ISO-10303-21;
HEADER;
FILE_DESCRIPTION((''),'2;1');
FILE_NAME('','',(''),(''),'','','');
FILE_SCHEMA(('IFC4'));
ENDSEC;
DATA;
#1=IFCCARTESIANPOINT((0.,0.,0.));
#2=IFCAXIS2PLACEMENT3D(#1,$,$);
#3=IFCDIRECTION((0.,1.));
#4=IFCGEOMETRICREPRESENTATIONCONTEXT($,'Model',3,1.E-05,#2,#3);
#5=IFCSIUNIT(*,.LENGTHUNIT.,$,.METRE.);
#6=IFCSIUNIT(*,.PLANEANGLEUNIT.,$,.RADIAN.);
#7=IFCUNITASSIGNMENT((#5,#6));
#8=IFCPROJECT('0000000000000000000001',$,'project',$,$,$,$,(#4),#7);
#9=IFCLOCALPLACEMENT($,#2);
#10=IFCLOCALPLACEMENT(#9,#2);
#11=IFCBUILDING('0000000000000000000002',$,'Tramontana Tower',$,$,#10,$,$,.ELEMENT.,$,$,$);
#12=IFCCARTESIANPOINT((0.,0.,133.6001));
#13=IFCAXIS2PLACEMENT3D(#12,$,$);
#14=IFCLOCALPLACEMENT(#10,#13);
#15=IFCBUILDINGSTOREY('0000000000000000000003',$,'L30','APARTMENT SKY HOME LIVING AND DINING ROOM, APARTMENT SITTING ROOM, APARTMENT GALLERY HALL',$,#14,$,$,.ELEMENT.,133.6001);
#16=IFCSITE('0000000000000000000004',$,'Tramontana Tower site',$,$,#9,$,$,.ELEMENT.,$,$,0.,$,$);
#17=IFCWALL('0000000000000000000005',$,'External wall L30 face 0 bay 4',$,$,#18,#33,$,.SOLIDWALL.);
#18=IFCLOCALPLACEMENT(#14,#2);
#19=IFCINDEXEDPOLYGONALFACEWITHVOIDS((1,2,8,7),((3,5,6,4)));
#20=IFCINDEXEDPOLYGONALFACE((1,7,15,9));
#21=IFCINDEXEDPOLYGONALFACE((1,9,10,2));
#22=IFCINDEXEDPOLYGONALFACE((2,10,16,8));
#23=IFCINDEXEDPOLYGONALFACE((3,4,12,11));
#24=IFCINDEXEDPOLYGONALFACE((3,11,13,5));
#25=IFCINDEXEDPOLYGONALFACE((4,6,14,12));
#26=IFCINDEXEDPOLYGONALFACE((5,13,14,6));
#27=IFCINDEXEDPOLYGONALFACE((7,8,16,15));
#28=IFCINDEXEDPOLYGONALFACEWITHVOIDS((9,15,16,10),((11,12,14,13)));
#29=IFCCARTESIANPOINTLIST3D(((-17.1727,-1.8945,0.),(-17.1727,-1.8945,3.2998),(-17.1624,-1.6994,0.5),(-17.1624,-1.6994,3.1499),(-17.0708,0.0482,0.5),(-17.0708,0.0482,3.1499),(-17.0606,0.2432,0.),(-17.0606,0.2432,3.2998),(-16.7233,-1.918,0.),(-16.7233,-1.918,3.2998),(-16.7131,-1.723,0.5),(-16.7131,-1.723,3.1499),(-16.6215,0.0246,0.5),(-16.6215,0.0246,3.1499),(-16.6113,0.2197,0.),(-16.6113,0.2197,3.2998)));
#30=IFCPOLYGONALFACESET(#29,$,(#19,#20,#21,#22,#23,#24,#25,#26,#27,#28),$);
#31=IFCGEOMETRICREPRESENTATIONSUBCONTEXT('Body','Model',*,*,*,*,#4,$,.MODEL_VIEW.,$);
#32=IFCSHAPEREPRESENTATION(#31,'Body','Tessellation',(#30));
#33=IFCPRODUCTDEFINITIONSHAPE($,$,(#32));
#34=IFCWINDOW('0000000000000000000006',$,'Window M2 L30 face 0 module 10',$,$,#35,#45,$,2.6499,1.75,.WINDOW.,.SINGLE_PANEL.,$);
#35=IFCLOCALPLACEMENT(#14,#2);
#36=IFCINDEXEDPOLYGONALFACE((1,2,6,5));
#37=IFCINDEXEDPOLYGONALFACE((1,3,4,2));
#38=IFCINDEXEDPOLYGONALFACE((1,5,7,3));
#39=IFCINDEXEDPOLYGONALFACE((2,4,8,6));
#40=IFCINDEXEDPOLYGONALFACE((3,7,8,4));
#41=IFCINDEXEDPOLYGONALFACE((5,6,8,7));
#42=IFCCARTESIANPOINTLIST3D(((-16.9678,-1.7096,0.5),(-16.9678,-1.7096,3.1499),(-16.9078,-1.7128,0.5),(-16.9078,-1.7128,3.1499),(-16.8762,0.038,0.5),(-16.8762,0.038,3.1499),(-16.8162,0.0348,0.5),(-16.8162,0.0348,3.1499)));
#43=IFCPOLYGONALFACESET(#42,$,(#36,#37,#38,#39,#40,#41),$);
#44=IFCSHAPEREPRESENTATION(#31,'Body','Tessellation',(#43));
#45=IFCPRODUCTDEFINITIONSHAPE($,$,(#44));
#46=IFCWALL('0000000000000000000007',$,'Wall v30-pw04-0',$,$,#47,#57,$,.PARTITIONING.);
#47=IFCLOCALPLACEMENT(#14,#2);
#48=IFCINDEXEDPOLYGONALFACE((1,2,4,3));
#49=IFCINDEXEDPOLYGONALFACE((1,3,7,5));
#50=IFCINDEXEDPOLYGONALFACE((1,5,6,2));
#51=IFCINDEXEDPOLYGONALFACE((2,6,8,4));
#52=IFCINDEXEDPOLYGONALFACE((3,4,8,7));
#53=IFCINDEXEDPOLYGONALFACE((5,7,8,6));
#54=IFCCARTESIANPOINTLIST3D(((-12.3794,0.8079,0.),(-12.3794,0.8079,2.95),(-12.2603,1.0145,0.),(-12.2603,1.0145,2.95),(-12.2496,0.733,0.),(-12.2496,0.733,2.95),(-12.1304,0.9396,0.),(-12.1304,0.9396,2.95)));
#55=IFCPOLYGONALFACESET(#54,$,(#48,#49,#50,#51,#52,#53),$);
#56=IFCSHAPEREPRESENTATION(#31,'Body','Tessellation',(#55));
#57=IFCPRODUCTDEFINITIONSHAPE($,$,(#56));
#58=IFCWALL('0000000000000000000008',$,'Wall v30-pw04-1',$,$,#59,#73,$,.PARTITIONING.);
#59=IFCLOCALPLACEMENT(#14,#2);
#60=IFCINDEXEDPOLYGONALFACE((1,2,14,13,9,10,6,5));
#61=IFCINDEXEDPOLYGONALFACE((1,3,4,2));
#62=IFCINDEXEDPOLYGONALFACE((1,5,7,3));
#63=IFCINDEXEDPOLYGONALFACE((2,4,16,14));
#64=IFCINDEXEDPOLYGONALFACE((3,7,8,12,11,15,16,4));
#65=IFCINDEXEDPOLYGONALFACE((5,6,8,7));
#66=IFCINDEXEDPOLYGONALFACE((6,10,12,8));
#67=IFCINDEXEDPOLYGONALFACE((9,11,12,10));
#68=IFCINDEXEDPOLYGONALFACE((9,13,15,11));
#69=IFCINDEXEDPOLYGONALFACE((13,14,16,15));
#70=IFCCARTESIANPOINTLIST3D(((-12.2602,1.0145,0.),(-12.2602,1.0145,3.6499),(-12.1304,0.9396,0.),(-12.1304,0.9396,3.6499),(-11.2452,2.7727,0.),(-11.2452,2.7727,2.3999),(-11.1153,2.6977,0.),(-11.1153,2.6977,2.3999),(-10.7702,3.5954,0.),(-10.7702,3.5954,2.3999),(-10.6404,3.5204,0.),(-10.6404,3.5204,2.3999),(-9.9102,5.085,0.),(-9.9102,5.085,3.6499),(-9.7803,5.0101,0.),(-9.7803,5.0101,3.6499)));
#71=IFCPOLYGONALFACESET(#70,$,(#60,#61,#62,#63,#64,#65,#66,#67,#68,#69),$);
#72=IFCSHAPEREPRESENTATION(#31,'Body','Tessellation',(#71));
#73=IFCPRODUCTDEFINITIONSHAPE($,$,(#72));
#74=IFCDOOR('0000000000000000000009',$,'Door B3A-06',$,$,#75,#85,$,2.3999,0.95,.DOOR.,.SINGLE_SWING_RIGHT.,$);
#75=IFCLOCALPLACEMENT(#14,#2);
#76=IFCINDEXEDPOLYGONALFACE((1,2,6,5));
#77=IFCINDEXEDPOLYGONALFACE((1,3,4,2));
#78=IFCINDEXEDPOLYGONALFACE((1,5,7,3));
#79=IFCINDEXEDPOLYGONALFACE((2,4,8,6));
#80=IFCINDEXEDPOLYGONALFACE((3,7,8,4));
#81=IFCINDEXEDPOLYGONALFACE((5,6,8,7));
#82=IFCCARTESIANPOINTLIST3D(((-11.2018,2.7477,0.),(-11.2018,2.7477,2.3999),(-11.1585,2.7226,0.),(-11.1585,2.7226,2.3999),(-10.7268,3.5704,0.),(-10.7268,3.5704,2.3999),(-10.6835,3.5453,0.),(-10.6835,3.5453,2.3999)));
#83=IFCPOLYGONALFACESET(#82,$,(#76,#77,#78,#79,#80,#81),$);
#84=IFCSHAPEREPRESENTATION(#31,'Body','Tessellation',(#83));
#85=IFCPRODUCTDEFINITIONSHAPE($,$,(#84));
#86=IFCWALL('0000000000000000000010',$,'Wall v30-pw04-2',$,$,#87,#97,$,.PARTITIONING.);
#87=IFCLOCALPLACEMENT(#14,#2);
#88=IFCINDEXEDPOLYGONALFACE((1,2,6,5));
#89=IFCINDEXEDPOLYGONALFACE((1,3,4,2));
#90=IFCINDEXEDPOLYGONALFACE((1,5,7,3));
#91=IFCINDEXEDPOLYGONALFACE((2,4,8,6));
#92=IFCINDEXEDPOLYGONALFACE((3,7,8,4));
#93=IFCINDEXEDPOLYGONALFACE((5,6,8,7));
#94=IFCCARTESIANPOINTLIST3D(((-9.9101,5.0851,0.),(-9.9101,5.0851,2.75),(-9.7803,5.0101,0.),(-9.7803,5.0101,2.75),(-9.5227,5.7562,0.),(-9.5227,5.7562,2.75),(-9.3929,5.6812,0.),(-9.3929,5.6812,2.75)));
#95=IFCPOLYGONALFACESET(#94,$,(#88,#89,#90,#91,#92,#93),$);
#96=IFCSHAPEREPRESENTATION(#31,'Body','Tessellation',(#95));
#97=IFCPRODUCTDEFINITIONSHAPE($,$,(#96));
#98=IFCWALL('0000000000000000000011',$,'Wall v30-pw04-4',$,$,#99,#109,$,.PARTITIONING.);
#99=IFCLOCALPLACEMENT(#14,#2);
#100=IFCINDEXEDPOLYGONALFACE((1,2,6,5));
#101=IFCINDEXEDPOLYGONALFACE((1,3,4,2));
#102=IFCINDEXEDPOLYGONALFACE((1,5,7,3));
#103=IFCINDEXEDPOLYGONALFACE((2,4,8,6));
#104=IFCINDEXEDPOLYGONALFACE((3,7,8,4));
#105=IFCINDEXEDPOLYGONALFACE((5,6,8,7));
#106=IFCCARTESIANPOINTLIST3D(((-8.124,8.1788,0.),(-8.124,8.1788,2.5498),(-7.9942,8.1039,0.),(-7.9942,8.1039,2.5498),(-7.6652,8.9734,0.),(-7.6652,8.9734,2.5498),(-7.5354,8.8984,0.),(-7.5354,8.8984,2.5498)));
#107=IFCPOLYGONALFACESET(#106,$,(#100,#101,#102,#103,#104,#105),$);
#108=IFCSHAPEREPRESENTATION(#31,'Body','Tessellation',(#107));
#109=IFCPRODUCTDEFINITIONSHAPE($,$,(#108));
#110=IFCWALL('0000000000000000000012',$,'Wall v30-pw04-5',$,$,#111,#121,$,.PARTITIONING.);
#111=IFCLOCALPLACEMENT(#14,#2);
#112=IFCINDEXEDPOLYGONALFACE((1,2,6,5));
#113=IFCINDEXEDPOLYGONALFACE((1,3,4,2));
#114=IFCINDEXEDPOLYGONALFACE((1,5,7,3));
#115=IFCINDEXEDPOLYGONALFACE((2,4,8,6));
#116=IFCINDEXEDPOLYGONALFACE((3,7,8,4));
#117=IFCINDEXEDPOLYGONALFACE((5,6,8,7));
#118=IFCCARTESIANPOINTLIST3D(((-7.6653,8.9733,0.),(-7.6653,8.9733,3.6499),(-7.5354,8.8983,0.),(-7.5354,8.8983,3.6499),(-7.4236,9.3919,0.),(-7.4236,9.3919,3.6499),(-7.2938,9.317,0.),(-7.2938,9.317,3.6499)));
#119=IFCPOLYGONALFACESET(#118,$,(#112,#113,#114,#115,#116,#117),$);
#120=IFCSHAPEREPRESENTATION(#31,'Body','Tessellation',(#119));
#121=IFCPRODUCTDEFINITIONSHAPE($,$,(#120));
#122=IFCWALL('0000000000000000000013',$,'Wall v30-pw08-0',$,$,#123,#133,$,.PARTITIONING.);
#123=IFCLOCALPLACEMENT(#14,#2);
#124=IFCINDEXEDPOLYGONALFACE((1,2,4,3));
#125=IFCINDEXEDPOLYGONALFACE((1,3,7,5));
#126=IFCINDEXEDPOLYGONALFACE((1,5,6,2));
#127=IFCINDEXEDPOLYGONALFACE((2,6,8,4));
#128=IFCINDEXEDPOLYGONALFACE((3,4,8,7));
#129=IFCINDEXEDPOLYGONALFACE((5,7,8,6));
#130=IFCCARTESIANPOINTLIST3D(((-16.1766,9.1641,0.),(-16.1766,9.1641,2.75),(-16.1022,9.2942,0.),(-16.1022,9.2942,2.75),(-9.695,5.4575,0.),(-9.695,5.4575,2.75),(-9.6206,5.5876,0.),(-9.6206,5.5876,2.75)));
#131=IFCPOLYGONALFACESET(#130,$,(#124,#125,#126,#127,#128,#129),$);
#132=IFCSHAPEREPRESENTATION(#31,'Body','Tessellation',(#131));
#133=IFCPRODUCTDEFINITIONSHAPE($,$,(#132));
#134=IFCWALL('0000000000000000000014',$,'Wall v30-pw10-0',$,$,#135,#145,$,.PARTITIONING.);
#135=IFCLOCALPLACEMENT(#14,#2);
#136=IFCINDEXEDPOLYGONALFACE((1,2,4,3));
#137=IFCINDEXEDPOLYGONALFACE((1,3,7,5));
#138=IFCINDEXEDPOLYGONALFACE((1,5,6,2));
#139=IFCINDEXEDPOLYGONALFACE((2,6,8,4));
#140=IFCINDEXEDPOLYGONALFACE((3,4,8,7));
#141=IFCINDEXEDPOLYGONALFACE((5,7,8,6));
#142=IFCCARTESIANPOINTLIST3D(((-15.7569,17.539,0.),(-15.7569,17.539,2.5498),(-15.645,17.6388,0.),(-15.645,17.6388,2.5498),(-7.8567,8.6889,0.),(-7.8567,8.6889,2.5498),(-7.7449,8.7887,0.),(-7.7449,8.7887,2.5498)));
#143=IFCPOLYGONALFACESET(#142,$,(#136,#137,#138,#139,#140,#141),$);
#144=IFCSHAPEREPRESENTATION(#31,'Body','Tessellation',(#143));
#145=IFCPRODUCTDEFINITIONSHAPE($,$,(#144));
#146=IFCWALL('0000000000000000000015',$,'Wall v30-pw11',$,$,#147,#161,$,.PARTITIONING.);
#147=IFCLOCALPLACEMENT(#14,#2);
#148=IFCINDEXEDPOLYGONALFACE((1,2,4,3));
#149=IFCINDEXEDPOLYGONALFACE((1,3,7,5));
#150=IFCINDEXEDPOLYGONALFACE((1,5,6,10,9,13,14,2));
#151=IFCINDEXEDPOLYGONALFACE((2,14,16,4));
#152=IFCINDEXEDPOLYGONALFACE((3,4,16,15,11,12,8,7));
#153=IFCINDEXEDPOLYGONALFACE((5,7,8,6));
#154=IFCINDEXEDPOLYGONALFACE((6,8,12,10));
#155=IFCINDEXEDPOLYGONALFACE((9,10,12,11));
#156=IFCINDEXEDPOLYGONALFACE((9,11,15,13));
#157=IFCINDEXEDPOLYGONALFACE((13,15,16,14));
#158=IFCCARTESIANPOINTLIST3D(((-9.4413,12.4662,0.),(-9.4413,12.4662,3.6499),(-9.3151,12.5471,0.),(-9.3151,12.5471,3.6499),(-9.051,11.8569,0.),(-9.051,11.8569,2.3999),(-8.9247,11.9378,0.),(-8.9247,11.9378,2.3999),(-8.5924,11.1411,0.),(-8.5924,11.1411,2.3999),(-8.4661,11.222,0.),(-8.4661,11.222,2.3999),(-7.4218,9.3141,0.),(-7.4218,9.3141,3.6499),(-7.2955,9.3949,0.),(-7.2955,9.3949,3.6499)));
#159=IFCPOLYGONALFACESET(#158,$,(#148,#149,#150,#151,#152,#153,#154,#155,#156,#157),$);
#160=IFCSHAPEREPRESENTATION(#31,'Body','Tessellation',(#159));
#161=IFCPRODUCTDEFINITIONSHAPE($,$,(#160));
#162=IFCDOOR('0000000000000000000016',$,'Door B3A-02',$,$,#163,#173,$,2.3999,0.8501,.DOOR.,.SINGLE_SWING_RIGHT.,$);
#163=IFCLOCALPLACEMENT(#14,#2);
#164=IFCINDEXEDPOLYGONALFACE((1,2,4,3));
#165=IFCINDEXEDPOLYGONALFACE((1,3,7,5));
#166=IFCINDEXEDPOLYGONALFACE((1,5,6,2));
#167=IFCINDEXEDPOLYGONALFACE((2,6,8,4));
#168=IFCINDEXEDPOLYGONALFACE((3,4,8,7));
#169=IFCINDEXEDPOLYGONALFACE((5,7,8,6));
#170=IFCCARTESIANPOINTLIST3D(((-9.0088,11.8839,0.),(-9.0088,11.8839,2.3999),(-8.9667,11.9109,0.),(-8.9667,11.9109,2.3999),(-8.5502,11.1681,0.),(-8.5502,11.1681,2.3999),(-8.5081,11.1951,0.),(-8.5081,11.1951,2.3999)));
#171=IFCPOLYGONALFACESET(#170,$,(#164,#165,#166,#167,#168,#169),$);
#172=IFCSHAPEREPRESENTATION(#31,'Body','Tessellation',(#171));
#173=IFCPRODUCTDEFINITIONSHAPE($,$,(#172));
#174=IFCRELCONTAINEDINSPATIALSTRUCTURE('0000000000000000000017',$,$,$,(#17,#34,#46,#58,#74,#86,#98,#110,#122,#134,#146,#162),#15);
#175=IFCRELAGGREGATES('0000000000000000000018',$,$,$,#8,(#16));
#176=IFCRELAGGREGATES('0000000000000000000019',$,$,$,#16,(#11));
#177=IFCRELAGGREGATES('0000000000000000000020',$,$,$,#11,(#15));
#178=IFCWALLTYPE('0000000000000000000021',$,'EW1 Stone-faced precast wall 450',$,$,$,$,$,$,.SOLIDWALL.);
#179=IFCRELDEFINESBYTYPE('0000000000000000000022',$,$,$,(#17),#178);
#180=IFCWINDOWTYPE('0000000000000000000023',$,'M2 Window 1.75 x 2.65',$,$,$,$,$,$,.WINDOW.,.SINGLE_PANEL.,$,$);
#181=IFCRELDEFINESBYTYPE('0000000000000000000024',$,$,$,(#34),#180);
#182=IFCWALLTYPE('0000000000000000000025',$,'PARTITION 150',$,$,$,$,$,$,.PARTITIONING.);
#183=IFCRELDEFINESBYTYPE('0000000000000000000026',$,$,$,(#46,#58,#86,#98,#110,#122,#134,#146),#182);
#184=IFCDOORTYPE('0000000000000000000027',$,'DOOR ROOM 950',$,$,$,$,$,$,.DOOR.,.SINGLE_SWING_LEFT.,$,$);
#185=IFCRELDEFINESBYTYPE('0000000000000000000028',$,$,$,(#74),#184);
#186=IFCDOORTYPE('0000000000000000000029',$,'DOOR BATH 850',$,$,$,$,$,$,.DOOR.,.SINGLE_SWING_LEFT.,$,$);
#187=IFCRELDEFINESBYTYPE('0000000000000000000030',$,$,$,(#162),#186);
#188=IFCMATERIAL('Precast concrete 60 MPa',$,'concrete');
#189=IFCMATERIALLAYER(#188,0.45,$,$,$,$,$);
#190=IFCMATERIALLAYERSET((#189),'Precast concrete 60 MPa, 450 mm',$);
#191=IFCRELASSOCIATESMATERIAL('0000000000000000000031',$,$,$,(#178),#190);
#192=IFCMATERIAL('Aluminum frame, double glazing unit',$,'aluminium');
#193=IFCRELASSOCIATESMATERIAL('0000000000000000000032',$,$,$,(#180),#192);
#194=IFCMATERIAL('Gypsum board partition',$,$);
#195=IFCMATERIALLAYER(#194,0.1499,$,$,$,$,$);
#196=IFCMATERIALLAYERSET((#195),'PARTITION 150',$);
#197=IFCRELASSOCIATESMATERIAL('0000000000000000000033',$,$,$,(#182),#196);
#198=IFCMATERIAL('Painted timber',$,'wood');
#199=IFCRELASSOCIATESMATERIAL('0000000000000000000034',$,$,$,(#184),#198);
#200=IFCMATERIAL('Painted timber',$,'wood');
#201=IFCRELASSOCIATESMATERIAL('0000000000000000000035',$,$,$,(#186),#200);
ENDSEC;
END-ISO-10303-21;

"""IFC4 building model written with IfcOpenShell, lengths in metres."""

from ifc_helpers import new_model, si_unit, direction, frame, frame_2d, origin, place, context, subcontext, project, spatial, rectangle, extrude, material, layer, layer_set, type_object, element, fill, save


model = new_model("IFC4")

# Units and contexts
model_context = context("Model", 3, precision=1e-05, world=origin(), true_north=direction((0.0, 1.0)))
body_context = subcontext(model_context, "Body", "Model", "MODEL_VIEW")
ifc_project = project(units=[si_unit("LENGTHUNIT", "METRE"), si_unit("PLANEANGLEUNIT", "RADIAN")], contexts=[model_context])

# Site, building, storey
site_placement = place(None, origin())
site = spatial("IfcSite", under=ifc_project, at=site_placement, Name="Tramontana Tower site", CompositionType="ELEMENT", RefElevation=0.0)
building_placement = place(site_placement, origin())
building = spatial("IfcBuilding", under=site, at=building_placement, Name="Tramontana Tower", CompositionType="ELEMENT")
storey_placement = place(building_placement, frame((0.0, 0.0, 133.6001)))
storey = spatial("IfcBuildingStorey", under=building, at=storey_placement, Name="L30", Description="APARTMENT SKY HOME LIVING AND DINING ROOM, APARTMENT SITTING ROOM, APARTMENT GALLERY HALL", CompositionType="ELEMENT", Elevation=133.6001)

# Shared definitions
ifc_material_1 = material(Name="Precast concrete 60 MPa", Category="concrete")
ifc_layer_1 = layer(ifc_material_1, 0.45)
ifc_layer_set_1 = layer_set([ifc_layer_1], Name="Precast concrete 60 MPa, 450 mm")
wall_type_1 = type_object("IfcWallType", Name="EW1 Stone-faced precast wall 450", PredefinedType="SOLIDWALL", material=ifc_layer_set_1)
ifc_material_2 = material(Name="Aluminum frame, double glazing unit", Category="aluminium")
window_type = type_object("IfcWindowType", Name="M2 Window 1.75 x 2.65", PartitioningType="SINGLE_PANEL", PredefinedType="WINDOW", material=ifc_material_2)

# Wall, opening, window
wall_1_placement = place(storey_placement, frame((-16.8359, 0.2314, 0.0), z_axis=(0.0, 0.0, 1.0), x_axis=(-0.052349, -0.998629, 0.0)))
wall_1 = element("IfcWall", 1, at=wall_1_placement, inside=storey, type_object=wall_type_1, Name="External wall L30 face 0 bay 4", PredefinedType="SOLIDWALL", context=body_context, shape_type="SweptSolid", body=[
    extrude(rectangle(XDim=2.1406, YDim=0.45, at=frame_2d((1.0703, 0.0))), origin(), (0.0, 0.0, 1.0), 3.2998),
])
opening_1_placement = place(wall_1_placement, frame((0.1953, 0.0, 0.5)))
opening_1 = element("IfcOpeningElement", 2, at=opening_1_placement, cuts=wall_1, PredefinedType="OPENING", context=body_context, shape_type="SweptSolid", body=[
    extrude(rectangle(XDim=1.75, YDim=2.6499, at=frame_2d((0.875, 1.325))), frame((0.0, 0.2349, 0.0), z_axis=(0.0, -1.0, 0.0), x_axis=(1.0, 0.0, 0.0)), (0.0, 0.0, 1.0), 0.47),
])
window_1_placement = place(opening_1_placement, origin())
window_1 = element("IfcWindow", 3, at=window_1_placement, inside=storey, type_object=window_type, Name="Window M2 L30 face 0 module 10", OverallHeight=2.6499, OverallWidth=1.75, PartitioningType="SINGLE_PANEL", PredefinedType="WINDOW", context=body_context, shape_type="SweptSolid", body=[
    extrude(rectangle(XDim=1.75, YDim=2.6499, at=frame_2d((0.875, 1.325))), frame((0.0, 0.03, 0.0), z_axis=(0.0, -1.0, 0.0), x_axis=(1.0, 0.0, 0.0)), (0.0, 0.0, 1.0), 0.0601),
])
fill(opening_1, window_1)

# Wall
ifc_material_3 = material(Name="Gypsum board partition")
ifc_layer_2 = layer(ifc_material_3, 0.1499)
ifc_layer_set_2 = layer_set([ifc_layer_2], Name="PARTITION 150")
wall_type_2 = type_object("IfcWallType", Name="PARTITION 150", PredefinedType="PARTITIONING", material=ifc_layer_set_2)
wall_2_placement = place(storey_placement, frame((-12.3145, 0.7705, 0.0), z_axis=(0.0, 0.0, 1.0), x_axis=(0.499663, 0.86622, 0.0)))
element("IfcWall", 4, at=wall_2_placement, inside=storey, type_object=wall_type_2, Name="Wall v30-pw04-0", PredefinedType="PARTITIONING", context=body_context, shape_type="SweptSolid", body=[
    extrude(rectangle(XDim=0.2385, YDim=0.1499, at=frame_2d((0.1191, 0.0))), origin(), (0.0, 0.0, 1.0), 2.95),
])

# Wall, opening, door
wall_3_placement = place(storey_placement, frame((-12.1953, 0.9771, 0.0), z_axis=(0.0, 0.0, 1.0), x_axis=(0.499994, 0.866029, 0.0)))
wall_3 = element("IfcWall", 5, at=wall_3_placement, inside=storey, type_object=wall_type_2, Name="Wall v30-pw04-1", PredefinedType="PARTITIONING", context=body_context, shape_type="SweptSolid", body=[
    extrude(rectangle(XDim=4.7002, YDim=0.1499, at=frame_2d((2.3501, 0.0))), origin(), (0.0, 0.0, 1.0), 3.6499),
])
opening_2_placement = place(wall_3_placement, frame((2.03, 0.0, 0.0)))
opening_2 = element("IfcOpeningElement", 6, at=opening_2_placement, cuts=wall_3, PredefinedType="OPENING", context=body_context, shape_type="SweptSolid", body=[
    extrude(rectangle(XDim=0.95, YDim=2.3999, at=frame_2d((0.4751, 1.2))), frame((0.0, 0.085, 0.0), z_axis=(0.0, -1.0, 0.0), x_axis=(1.0, 0.0, 0.0)), (0.0, 0.0, 1.0), 0.1699),
])
ifc_material_4 = material(Name="Painted timber", Category="wood")
door_type_1 = type_object("IfcDoorType", Name="DOOR ROOM 950", OperationType="SINGLE_SWING_LEFT", PredefinedType="DOOR", material=ifc_material_4)
door_1_placement = place(opening_2_placement, origin())
door_1 = element("IfcDoor", 7, at=door_1_placement, inside=storey, type_object=door_type_1, Name="Door B3A-06", OperationType="SINGLE_SWING_RIGHT", OverallHeight=2.3999, OverallWidth=0.95, PredefinedType="DOOR", context=body_context, shape_type="SweptSolid", body=[
    extrude(rectangle(XDim=0.95, YDim=2.3999, at=frame_2d((0.4751, 1.2))), frame((0.0, 0.0249, 0.0), z_axis=(0.0, -1.0, 0.0), x_axis=(1.0, 0.0, 0.0)), (0.0, 0.0, 1.0), 0.05),
])
fill(opening_2, door_1)

# Wall
wall_4_placement = place(storey_placement, frame((-9.8452, 5.0476, 0.0), z_axis=(0.0, 0.0, 1.0), x_axis=(0.499968, 0.866044, 0.0)))
element("IfcWall", 8, at=wall_4_placement, inside=storey, type_object=wall_type_2, Name="Wall v30-pw04-2", PredefinedType="PARTITIONING", context=body_context, shape_type="SweptSolid", body=[
    extrude(rectangle(XDim=0.7749, YDim=0.1499, at=frame_2d((0.3875, 0.0))), origin(), (0.0, 0.0, 1.0), 2.75),
])

# Walls
wall_5_placement = place(storey_placement, frame((-8.0591, 8.1414, 0.0), z_axis=(0.0, 0.0, 1.0), x_axis=(0.50006, 0.865991, 0.0)))
element("IfcWall", 9, at=wall_5_placement, inside=storey, type_object=wall_type_2, Name="Wall v30-pw04-4", PredefinedType="PARTITIONING", context=body_context, shape_type="SweptSolid", body=[
    extrude(rectangle(XDim=0.9175, YDim=0.1499, at=frame_2d((0.4587, 0.0))), origin(), (0.0, 0.0, 1.0), 2.5498),
])
wall_6_placement = place(storey_placement, frame((-7.6003, 8.9358, 0.0), z_axis=(0.0, 0.0, 1.0), x_axis=(0.499941, 0.866059, 0.0)))
element("IfcWall", 10, at=wall_6_placement, inside=storey, type_object=wall_type_2, Name="Wall v30-pw04-5", PredefinedType="PARTITIONING", context=body_context, shape_type="SweptSolid", body=[
    extrude(rectangle(XDim=0.4834, YDim=0.1499, at=frame_2d((0.2417, 0.0))), origin(), (0.0, 0.0, 1.0), 3.6499),
])
wall_7_placement = place(storey_placement, frame((-9.6577, 5.5225, 0.0), z_axis=(0.0, 0.0, 1.0), x_axis=(-0.868078, 0.496428, 0.0)))
element("IfcWall", 11, at=wall_7_placement, inside=storey, type_object=wall_type_2, Name="Wall v30-pw08-0", PredefinedType="PARTITIONING", context=body_context, shape_type="SweptSolid", body=[
    extrude(rectangle(XDim=7.4666, YDim=0.1499, at=frame_2d((3.7334, 0.0))), origin(), (0.0, 0.0, 1.0), 2.75),
])
wall_8_placement = place(storey_placement, frame((-7.8008, 8.7388, 0.0), z_axis=(0.0, 0.0, 1.0), x_axis=(-0.665935, 0.74601, 0.0)))
element("IfcWall", 12, at=wall_8_placement, inside=storey, type_object=wall_type_2, Name="Wall v30-pw10-0", PredefinedType="PARTITIONING", context=body_context, shape_type="SweptSolid", body=[
    extrude(rectangle(XDim=11.8633, YDim=0.1499, at=frame_2d((5.9316, 0.0))), origin(), (0.0, 0.0, 1.0), 2.5498),
])

# Wall, opening, door
wall_9_placement = place(storey_placement, frame((-7.3586, 9.3545, 0.0), z_axis=(0.0, 0.0, 1.0), x_axis=(-0.539468, 0.842006, 0.0)))
wall_9 = element("IfcWall", 13, at=wall_9_placement, inside=storey, type_object=wall_type_2, Name="Wall v30-pw11", PredefinedType="PARTITIONING", context=body_context, shape_type="SweptSolid", body=[
    extrude(rectangle(XDim=3.7437, YDim=0.1499, at=frame_2d((1.8718, 0.0))), origin(), (0.0, 0.0, 1.0), 3.6499),
])
opening_3_placement = place(wall_9_placement, frame((2.1699, 0.0, 0.0)))
opening_3 = element("IfcOpeningElement", 14, at=opening_3_placement, cuts=wall_9, PredefinedType="OPENING", context=body_context, shape_type="SweptSolid", body=[
    extrude(rectangle(XDim=0.8501, YDim=2.3999, at=frame_2d((0.425, 1.2))), frame((0.0, 0.085, 0.0), z_axis=(0.0, -1.0, 0.0), x_axis=(1.0, 0.0, 0.0)), (0.0, 0.0, 1.0), 0.1699),
])
ifc_material_5 = material(Name="Painted timber", Category="wood")
door_type_2 = type_object("IfcDoorType", Name="DOOR BATH 850", OperationType="SINGLE_SWING_LEFT", PredefinedType="DOOR", material=ifc_material_5)
door_2_placement = place(opening_3_placement, origin())
door_2 = element("IfcDoor", 15, at=door_2_placement, inside=storey, type_object=door_type_2, Name="Door B3A-02", OperationType="SINGLE_SWING_RIGHT", OverallHeight=2.3999, OverallWidth=0.8501, PredefinedType="DOOR", context=body_context, shape_type="SweptSolid", body=[
    extrude(rectangle(XDim=0.8501, YDim=2.3999, at=frame_2d((0.425, 1.2))), frame((0.0, 0.0249, 0.0), z_axis=(0.0, -1.0, 0.0), x_axis=(1.0, 0.0, 0.0)), (0.0, 0.0, 1.0), 0.05),
])
fill(opening_3, door_2)

save(model, "model.ifc")
